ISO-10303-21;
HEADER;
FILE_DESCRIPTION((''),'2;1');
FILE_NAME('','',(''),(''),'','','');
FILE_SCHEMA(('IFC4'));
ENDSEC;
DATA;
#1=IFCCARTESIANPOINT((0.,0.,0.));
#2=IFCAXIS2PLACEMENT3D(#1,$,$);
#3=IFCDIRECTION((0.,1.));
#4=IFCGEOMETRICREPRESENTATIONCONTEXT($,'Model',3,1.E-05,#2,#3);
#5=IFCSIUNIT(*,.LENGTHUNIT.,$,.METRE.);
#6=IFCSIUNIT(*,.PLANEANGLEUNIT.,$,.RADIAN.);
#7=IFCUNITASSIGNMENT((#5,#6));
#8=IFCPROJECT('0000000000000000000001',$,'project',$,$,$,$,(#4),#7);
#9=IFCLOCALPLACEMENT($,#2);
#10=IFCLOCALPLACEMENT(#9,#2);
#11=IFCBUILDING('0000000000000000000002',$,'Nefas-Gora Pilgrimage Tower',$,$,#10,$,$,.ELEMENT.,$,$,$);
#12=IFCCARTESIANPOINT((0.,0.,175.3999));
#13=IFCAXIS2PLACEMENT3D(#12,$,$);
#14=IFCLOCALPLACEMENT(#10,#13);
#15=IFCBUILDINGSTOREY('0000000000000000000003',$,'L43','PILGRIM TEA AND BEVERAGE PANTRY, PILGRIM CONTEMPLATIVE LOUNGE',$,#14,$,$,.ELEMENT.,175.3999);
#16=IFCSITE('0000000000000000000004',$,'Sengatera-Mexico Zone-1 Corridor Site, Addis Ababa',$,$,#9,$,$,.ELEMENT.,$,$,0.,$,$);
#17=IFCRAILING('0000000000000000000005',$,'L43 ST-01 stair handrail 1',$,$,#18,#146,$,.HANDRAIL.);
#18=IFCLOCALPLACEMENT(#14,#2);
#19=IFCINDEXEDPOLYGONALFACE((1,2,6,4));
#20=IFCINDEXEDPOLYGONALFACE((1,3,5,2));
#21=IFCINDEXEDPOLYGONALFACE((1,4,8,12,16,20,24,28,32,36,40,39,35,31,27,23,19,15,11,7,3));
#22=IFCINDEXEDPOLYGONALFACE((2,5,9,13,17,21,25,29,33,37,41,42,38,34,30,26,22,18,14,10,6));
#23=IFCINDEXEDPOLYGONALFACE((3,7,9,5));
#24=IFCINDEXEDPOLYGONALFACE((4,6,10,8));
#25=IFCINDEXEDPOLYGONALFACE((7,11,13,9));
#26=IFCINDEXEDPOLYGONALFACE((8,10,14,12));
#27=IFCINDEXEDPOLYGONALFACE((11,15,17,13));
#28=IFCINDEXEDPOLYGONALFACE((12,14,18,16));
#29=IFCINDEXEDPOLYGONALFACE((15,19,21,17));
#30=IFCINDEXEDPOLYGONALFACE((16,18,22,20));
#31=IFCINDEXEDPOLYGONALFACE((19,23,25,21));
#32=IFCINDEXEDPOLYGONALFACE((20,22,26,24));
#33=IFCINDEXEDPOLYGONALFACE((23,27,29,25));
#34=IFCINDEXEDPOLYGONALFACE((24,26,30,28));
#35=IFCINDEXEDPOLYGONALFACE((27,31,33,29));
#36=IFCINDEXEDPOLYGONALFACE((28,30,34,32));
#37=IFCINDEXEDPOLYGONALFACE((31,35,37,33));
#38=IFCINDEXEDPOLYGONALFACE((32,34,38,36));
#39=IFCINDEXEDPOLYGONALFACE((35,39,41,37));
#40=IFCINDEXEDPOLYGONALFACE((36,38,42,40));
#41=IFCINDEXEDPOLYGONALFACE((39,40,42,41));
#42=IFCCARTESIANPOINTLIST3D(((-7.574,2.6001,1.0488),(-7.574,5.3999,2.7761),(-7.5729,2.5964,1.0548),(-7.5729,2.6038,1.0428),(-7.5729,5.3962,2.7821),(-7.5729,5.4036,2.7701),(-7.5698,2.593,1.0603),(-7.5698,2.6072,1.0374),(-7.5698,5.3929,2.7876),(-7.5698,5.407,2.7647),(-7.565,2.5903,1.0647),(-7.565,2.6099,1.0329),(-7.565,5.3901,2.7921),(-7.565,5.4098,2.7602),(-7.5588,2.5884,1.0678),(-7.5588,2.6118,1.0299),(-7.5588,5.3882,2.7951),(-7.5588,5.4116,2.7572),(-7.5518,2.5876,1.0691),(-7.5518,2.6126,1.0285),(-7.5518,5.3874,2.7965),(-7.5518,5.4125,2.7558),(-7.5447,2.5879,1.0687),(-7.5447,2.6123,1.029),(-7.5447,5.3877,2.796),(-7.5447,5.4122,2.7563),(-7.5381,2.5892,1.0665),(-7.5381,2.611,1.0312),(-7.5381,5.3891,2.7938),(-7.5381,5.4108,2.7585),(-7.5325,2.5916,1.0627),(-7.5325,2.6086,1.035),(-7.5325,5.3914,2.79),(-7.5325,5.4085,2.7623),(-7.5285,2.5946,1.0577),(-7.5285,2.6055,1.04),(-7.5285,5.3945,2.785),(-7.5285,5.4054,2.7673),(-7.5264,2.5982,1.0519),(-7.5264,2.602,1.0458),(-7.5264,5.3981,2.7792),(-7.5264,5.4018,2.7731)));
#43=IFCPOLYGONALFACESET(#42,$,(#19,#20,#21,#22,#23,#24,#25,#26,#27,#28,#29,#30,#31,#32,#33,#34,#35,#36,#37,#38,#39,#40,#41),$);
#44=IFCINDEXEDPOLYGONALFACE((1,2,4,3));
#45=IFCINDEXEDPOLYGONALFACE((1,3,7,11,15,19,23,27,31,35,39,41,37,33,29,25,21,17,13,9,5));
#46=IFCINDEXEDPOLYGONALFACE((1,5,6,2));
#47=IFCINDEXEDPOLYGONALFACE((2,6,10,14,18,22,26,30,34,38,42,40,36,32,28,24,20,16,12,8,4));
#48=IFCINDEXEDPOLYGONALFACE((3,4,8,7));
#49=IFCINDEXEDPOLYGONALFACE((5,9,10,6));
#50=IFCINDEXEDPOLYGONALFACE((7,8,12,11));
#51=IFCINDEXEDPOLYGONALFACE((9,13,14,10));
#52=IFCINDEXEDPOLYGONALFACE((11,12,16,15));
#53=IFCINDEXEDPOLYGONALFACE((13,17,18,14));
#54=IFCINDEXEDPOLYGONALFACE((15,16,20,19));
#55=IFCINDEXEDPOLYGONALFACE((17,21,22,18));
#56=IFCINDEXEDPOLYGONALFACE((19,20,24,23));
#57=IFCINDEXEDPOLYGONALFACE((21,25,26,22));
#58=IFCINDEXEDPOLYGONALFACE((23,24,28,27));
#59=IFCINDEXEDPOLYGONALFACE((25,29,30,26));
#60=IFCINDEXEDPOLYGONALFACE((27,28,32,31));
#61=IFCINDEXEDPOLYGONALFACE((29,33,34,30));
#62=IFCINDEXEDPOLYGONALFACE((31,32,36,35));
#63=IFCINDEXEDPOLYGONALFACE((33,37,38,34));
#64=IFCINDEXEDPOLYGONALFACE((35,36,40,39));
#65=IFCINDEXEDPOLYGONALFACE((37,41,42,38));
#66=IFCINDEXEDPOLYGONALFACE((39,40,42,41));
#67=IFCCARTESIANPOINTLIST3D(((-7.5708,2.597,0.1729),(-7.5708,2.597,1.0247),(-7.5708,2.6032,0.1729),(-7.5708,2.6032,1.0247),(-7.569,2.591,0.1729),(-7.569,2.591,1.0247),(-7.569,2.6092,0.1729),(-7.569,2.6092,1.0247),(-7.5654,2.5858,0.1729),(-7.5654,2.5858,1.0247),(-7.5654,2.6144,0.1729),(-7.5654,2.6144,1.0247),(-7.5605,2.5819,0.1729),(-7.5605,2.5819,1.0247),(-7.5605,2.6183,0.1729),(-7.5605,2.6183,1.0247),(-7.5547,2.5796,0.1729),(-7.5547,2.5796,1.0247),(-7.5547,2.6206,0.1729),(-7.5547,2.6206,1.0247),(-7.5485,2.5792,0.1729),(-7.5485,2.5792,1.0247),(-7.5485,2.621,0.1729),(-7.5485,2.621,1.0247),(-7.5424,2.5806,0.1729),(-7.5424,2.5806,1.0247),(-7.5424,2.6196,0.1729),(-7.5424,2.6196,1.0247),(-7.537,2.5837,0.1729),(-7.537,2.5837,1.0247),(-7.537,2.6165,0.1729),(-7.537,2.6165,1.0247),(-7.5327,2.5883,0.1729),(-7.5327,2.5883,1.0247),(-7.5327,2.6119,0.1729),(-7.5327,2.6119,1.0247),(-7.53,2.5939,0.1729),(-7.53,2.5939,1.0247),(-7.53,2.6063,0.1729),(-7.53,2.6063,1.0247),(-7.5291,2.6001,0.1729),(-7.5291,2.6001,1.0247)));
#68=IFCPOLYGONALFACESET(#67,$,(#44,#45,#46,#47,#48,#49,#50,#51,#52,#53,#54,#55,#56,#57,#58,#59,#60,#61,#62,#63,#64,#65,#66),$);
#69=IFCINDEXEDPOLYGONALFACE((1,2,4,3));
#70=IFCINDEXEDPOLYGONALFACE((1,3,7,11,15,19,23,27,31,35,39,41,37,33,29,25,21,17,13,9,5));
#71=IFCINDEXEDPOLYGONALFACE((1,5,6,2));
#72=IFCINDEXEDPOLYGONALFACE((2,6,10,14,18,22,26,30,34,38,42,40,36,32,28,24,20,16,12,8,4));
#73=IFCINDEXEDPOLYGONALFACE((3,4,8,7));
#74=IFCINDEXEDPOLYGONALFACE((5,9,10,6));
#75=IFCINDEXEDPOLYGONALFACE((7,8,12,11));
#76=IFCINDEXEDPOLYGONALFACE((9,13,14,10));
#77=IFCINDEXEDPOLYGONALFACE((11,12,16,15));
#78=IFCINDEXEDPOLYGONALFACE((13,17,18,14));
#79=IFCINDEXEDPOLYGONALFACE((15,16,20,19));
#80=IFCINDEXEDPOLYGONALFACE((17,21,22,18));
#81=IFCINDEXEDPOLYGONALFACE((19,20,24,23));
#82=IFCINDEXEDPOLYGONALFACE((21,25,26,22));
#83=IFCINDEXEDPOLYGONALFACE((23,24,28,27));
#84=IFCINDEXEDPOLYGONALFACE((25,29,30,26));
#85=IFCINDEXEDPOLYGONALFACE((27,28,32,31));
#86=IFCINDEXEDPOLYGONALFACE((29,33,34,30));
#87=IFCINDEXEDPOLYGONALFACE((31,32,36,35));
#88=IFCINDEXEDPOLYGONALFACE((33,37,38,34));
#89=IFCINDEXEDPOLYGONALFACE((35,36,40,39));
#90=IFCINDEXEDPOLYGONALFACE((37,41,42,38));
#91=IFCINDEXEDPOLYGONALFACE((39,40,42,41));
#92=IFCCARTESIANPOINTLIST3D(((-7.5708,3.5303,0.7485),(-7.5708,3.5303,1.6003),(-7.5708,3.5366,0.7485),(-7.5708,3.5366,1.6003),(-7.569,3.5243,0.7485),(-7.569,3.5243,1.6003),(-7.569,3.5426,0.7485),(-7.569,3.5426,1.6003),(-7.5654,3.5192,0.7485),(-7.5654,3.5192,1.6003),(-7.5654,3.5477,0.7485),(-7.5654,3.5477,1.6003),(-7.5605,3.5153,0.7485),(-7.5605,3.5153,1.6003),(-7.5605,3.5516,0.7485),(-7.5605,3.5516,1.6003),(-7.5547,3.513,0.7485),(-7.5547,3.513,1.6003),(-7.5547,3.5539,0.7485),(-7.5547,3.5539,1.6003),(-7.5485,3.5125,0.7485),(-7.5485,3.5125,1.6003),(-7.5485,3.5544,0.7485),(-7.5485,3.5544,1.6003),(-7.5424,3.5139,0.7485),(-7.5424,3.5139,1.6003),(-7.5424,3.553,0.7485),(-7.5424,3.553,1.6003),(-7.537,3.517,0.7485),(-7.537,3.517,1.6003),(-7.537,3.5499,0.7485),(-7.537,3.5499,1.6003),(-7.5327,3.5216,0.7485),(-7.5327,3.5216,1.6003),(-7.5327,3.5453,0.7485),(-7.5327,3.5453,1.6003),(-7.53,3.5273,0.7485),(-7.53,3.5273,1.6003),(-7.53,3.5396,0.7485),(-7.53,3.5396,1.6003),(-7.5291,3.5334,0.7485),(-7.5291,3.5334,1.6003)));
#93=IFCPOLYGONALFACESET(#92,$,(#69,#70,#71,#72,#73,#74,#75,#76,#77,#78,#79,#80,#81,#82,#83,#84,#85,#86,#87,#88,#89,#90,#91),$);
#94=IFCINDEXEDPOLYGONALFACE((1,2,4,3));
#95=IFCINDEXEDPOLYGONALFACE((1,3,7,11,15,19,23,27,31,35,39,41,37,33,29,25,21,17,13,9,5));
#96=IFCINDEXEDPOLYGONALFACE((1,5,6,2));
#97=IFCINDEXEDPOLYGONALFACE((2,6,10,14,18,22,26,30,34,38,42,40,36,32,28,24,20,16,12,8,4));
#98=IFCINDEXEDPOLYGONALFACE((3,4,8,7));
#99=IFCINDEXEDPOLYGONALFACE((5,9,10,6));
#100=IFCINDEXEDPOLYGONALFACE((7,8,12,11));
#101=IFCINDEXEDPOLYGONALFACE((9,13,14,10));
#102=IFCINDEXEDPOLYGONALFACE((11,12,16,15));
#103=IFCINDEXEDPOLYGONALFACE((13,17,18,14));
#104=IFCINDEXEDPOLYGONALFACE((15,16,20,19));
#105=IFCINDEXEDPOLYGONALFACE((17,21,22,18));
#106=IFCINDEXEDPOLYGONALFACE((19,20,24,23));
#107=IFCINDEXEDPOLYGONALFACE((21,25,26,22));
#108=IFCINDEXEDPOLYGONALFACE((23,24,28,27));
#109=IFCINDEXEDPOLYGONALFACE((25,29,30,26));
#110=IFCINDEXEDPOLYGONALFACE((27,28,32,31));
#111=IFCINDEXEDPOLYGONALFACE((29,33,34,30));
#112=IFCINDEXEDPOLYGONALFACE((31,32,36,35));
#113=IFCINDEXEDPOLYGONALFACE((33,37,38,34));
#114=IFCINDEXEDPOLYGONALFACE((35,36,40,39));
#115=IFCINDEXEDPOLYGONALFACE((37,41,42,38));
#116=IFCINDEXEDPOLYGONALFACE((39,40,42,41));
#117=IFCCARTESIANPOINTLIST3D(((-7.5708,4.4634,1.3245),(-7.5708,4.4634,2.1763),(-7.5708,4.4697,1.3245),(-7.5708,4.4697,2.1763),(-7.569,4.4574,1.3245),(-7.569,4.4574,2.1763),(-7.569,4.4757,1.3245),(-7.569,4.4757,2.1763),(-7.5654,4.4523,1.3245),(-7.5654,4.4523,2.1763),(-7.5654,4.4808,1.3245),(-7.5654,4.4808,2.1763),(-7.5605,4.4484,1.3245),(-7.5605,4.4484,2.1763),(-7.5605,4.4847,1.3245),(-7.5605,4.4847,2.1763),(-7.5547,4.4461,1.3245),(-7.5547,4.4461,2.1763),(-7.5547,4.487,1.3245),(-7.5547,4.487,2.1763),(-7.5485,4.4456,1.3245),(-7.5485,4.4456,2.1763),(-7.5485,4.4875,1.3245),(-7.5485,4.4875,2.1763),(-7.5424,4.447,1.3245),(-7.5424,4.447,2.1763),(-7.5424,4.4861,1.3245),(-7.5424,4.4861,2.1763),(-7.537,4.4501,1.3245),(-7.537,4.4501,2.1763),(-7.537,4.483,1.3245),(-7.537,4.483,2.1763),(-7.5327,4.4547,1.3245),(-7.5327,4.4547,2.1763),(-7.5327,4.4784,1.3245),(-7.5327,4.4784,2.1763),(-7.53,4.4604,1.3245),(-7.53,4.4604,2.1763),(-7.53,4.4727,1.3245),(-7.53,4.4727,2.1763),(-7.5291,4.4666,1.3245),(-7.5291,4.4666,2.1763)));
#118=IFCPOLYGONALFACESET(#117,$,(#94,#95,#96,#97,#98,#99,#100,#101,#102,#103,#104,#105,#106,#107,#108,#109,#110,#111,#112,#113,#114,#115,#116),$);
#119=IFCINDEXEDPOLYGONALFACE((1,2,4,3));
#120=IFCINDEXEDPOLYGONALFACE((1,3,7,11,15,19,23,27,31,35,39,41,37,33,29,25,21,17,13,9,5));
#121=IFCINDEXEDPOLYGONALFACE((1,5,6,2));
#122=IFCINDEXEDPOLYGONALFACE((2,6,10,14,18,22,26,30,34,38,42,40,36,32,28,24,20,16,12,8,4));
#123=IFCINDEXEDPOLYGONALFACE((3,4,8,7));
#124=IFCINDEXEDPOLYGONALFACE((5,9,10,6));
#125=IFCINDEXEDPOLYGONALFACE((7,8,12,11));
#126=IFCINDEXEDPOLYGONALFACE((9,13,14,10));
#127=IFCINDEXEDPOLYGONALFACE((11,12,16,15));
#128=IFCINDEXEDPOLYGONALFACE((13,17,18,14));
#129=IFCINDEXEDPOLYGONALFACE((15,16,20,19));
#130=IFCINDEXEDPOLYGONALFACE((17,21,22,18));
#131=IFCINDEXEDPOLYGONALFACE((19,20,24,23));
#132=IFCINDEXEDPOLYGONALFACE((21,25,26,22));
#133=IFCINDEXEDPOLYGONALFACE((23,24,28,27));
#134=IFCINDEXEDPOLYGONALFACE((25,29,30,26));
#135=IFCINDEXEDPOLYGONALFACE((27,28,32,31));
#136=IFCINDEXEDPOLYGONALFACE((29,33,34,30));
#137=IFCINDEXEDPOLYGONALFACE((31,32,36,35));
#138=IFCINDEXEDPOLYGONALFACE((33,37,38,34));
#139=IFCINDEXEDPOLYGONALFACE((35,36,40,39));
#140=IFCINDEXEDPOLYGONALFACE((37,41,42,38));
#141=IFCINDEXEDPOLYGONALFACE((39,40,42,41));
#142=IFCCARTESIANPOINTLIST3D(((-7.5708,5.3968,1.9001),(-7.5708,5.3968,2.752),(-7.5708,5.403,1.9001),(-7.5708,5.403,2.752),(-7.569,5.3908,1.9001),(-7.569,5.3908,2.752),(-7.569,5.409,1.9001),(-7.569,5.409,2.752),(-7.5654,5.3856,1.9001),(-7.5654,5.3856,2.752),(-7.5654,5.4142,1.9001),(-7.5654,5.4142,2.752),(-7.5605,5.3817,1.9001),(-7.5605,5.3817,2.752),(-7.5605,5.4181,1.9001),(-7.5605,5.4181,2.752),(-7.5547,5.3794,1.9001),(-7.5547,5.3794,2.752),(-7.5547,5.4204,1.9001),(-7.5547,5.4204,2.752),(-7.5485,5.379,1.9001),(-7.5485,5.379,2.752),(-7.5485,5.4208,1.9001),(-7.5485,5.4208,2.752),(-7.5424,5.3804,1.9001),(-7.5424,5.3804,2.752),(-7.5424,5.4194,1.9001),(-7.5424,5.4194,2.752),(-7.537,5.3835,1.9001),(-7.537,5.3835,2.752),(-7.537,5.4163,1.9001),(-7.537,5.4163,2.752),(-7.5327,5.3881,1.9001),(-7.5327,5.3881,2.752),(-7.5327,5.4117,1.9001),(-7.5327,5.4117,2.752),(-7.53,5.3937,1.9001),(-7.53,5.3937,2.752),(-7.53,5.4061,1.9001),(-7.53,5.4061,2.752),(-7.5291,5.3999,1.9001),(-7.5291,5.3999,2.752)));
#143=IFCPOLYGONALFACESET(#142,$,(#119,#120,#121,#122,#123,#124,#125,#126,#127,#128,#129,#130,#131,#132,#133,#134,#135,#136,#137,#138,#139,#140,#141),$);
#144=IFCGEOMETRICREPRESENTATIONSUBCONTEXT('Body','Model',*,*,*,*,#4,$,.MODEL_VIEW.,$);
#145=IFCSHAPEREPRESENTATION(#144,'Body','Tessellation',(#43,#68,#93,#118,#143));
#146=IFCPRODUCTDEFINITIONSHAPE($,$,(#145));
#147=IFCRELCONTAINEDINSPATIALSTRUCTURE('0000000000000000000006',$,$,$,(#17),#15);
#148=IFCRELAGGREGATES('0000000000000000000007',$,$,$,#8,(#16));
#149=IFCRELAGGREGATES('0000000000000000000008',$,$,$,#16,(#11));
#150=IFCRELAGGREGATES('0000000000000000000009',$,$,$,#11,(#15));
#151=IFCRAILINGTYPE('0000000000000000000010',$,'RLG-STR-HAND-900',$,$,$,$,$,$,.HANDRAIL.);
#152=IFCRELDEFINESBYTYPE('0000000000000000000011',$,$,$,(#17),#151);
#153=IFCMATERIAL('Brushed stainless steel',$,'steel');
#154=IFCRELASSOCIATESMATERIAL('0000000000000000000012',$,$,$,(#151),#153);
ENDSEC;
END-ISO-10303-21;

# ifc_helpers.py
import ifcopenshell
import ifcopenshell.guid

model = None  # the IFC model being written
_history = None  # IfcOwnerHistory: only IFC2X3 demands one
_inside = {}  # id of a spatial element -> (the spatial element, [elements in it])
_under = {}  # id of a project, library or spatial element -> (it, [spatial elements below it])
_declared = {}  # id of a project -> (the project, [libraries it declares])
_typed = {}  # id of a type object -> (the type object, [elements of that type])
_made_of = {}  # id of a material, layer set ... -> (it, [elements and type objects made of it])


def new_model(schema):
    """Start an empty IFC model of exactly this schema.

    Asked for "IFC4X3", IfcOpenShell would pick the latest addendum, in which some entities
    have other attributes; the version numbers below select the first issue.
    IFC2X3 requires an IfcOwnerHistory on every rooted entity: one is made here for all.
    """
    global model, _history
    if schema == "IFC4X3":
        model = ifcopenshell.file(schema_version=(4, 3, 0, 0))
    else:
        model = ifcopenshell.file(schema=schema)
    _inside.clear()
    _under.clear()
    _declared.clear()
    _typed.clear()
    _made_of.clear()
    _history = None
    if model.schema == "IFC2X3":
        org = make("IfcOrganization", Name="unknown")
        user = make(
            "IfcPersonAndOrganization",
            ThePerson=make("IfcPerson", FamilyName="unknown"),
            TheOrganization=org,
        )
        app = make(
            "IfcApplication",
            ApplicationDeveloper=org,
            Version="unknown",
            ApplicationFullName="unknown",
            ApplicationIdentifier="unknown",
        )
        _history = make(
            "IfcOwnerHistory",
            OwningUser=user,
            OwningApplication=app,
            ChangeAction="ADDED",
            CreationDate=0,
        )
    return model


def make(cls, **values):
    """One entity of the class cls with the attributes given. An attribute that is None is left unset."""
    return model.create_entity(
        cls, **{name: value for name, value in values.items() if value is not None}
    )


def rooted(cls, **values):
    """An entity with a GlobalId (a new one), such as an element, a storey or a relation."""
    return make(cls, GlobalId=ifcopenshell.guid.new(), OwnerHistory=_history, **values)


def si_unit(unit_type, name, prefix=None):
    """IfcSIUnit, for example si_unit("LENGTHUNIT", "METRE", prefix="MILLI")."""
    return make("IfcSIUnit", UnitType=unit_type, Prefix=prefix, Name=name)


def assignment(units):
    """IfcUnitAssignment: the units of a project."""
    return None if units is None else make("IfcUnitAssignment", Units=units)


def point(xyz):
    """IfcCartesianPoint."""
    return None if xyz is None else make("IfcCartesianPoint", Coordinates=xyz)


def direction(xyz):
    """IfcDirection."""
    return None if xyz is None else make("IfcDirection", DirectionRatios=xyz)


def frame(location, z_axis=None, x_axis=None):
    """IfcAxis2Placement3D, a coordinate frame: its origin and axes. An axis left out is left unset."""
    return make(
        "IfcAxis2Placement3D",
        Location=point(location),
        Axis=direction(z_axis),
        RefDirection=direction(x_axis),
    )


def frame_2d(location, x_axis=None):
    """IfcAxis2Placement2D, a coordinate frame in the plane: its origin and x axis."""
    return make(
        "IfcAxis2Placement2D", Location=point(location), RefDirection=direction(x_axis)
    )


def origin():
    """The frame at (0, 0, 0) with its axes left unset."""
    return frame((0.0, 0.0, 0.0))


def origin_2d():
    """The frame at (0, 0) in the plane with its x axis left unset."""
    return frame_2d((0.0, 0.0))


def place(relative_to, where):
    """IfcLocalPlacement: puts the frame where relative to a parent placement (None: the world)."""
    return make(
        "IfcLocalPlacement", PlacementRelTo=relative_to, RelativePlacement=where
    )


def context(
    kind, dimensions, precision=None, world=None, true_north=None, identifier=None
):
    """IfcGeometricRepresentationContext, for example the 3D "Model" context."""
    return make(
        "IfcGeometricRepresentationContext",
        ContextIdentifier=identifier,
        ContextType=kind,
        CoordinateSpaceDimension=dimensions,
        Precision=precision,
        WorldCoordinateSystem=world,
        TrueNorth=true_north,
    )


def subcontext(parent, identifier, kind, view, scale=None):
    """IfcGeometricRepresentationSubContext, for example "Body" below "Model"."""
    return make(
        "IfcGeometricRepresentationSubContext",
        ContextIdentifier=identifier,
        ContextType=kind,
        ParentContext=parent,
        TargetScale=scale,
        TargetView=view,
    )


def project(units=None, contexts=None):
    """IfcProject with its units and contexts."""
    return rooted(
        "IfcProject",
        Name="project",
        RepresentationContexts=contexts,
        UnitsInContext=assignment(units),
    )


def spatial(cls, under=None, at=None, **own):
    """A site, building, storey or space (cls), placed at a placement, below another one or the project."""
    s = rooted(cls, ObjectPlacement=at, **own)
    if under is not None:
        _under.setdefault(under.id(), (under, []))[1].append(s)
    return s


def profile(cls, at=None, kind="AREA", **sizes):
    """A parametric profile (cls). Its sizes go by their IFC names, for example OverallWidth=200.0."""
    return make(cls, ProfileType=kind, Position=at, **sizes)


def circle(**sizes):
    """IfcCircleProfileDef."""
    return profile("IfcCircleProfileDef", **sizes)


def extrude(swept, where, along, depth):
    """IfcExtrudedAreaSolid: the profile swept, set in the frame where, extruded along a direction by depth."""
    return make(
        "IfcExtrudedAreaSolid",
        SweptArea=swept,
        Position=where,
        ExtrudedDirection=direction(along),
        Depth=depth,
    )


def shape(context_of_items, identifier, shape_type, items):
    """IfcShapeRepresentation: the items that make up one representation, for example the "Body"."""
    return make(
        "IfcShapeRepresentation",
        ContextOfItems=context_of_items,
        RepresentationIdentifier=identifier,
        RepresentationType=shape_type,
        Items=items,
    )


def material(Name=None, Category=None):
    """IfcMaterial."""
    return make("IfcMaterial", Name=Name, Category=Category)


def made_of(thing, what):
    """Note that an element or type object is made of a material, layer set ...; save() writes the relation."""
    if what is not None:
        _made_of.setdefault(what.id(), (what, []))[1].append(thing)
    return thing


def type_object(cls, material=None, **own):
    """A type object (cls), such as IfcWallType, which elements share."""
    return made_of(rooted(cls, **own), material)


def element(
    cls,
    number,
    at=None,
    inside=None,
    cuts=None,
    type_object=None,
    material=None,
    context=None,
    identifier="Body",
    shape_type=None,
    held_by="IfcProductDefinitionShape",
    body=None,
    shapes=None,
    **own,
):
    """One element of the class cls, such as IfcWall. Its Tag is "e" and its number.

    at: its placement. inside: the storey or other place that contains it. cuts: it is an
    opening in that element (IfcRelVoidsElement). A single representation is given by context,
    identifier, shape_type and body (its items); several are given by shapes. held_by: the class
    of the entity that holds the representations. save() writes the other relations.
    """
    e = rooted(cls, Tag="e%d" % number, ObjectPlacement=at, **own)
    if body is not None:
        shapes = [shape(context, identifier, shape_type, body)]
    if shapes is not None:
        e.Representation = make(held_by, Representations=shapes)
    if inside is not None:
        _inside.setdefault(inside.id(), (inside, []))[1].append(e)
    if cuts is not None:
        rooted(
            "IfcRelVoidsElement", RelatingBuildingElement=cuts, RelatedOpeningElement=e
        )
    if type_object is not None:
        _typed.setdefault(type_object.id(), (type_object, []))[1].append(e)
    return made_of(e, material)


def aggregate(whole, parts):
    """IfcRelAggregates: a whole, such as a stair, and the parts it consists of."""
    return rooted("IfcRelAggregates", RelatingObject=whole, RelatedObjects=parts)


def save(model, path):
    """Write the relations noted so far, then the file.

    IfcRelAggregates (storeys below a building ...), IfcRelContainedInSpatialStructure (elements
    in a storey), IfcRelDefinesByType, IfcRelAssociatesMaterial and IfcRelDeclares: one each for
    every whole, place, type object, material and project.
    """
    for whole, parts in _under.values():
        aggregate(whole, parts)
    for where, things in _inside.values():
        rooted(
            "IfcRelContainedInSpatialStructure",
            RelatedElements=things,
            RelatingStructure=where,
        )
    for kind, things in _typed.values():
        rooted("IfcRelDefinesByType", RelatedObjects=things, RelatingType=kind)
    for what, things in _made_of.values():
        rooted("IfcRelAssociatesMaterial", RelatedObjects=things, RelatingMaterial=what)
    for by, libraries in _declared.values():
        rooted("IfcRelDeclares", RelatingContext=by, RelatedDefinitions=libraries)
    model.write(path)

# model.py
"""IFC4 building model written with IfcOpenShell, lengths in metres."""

from ifc_helpers import new_model, si_unit, direction, frame, origin, origin_2d, place, context, subcontext, project, spatial, circle, extrude, material, type_object, element, save


model = new_model("IFC4")

# Units and contexts
model_context = context("Model", 3, precision=1e-05, world=origin(), true_north=direction((0.0, 1.0)))
body_context = subcontext(model_context, "Body", "Model", "MODEL_VIEW")
ifc_project = project(units=[si_unit("LENGTHUNIT", "METRE"), si_unit("PLANEANGLEUNIT", "RADIAN")], contexts=[model_context])

# Site, building, storey
site_placement = place(None, origin())
site = spatial("IfcSite", under=ifc_project, at=site_placement, Name="Sengatera-Mexico Zone-1 Corridor Site, Addis Ababa", CompositionType="ELEMENT", RefElevation=0.0)
building_placement = place(site_placement, origin())
building = spatial("IfcBuilding", under=site, at=building_placement, Name="Nefas-Gora Pilgrimage Tower", CompositionType="ELEMENT")
storey_placement = place(building_placement, frame((0.0, 0.0, 175.3999)))
storey = spatial("IfcBuildingStorey", under=building, at=storey_placement, Name="L43", Description="PILGRIM TEA AND BEVERAGE PANTRY, PILGRIM CONTEMPLATIVE LOUNGE", CompositionType="ELEMENT", Elevation=175.3999)

# Railing
ifc_material_1 = material(Name="Brushed stainless steel", Category="steel")
railing_type_1 = type_object("IfcRailingType", Name="RLG-STR-HAND-900", PredefinedType="HANDRAIL", material=ifc_material_1)
railing_1_placement = place(storey_placement, frame((-7.55, 2.6001, 0.1729)))
element("IfcRailing", 1, at=railing_1_placement, inside=storey, type_object=railing_type_1, Name="L43 ST-01 stair handrail 1", PredefinedType="HANDRAIL", context=body_context, shape_type="SweptSolid", body=[
    extrude(circle(Radius=0.0239, at=origin_2d()), frame((0.0, 0.0, 0.876), z_axis=(0.0, 0.851069, 0.525054), x_axis=(-1.0, 0.0, 0.0)), (0.0, 0.0, 1.0), 3.2898),
    extrude(circle(Radius=0.021, at=origin_2d()), origin(), (0.0, 0.0, 1.0), 0.8518),
    extrude(circle(Radius=0.021, at=origin_2d()), frame((0.0, 0.9333, 0.5757)), (0.0, 0.0, 1.0), 0.8518),
    extrude(circle(Radius=0.021, at=origin_2d()), frame((0.0, 1.8665, 1.1516)), (0.0, 0.0, 1.0), 0.8518),
    extrude(circle(Radius=0.021, at=origin_2d()), frame((0.0, 2.7998, 1.7273)), (0.0, 0.0, 1.0), 0.8518),
])

save(model, "model.ifc")
